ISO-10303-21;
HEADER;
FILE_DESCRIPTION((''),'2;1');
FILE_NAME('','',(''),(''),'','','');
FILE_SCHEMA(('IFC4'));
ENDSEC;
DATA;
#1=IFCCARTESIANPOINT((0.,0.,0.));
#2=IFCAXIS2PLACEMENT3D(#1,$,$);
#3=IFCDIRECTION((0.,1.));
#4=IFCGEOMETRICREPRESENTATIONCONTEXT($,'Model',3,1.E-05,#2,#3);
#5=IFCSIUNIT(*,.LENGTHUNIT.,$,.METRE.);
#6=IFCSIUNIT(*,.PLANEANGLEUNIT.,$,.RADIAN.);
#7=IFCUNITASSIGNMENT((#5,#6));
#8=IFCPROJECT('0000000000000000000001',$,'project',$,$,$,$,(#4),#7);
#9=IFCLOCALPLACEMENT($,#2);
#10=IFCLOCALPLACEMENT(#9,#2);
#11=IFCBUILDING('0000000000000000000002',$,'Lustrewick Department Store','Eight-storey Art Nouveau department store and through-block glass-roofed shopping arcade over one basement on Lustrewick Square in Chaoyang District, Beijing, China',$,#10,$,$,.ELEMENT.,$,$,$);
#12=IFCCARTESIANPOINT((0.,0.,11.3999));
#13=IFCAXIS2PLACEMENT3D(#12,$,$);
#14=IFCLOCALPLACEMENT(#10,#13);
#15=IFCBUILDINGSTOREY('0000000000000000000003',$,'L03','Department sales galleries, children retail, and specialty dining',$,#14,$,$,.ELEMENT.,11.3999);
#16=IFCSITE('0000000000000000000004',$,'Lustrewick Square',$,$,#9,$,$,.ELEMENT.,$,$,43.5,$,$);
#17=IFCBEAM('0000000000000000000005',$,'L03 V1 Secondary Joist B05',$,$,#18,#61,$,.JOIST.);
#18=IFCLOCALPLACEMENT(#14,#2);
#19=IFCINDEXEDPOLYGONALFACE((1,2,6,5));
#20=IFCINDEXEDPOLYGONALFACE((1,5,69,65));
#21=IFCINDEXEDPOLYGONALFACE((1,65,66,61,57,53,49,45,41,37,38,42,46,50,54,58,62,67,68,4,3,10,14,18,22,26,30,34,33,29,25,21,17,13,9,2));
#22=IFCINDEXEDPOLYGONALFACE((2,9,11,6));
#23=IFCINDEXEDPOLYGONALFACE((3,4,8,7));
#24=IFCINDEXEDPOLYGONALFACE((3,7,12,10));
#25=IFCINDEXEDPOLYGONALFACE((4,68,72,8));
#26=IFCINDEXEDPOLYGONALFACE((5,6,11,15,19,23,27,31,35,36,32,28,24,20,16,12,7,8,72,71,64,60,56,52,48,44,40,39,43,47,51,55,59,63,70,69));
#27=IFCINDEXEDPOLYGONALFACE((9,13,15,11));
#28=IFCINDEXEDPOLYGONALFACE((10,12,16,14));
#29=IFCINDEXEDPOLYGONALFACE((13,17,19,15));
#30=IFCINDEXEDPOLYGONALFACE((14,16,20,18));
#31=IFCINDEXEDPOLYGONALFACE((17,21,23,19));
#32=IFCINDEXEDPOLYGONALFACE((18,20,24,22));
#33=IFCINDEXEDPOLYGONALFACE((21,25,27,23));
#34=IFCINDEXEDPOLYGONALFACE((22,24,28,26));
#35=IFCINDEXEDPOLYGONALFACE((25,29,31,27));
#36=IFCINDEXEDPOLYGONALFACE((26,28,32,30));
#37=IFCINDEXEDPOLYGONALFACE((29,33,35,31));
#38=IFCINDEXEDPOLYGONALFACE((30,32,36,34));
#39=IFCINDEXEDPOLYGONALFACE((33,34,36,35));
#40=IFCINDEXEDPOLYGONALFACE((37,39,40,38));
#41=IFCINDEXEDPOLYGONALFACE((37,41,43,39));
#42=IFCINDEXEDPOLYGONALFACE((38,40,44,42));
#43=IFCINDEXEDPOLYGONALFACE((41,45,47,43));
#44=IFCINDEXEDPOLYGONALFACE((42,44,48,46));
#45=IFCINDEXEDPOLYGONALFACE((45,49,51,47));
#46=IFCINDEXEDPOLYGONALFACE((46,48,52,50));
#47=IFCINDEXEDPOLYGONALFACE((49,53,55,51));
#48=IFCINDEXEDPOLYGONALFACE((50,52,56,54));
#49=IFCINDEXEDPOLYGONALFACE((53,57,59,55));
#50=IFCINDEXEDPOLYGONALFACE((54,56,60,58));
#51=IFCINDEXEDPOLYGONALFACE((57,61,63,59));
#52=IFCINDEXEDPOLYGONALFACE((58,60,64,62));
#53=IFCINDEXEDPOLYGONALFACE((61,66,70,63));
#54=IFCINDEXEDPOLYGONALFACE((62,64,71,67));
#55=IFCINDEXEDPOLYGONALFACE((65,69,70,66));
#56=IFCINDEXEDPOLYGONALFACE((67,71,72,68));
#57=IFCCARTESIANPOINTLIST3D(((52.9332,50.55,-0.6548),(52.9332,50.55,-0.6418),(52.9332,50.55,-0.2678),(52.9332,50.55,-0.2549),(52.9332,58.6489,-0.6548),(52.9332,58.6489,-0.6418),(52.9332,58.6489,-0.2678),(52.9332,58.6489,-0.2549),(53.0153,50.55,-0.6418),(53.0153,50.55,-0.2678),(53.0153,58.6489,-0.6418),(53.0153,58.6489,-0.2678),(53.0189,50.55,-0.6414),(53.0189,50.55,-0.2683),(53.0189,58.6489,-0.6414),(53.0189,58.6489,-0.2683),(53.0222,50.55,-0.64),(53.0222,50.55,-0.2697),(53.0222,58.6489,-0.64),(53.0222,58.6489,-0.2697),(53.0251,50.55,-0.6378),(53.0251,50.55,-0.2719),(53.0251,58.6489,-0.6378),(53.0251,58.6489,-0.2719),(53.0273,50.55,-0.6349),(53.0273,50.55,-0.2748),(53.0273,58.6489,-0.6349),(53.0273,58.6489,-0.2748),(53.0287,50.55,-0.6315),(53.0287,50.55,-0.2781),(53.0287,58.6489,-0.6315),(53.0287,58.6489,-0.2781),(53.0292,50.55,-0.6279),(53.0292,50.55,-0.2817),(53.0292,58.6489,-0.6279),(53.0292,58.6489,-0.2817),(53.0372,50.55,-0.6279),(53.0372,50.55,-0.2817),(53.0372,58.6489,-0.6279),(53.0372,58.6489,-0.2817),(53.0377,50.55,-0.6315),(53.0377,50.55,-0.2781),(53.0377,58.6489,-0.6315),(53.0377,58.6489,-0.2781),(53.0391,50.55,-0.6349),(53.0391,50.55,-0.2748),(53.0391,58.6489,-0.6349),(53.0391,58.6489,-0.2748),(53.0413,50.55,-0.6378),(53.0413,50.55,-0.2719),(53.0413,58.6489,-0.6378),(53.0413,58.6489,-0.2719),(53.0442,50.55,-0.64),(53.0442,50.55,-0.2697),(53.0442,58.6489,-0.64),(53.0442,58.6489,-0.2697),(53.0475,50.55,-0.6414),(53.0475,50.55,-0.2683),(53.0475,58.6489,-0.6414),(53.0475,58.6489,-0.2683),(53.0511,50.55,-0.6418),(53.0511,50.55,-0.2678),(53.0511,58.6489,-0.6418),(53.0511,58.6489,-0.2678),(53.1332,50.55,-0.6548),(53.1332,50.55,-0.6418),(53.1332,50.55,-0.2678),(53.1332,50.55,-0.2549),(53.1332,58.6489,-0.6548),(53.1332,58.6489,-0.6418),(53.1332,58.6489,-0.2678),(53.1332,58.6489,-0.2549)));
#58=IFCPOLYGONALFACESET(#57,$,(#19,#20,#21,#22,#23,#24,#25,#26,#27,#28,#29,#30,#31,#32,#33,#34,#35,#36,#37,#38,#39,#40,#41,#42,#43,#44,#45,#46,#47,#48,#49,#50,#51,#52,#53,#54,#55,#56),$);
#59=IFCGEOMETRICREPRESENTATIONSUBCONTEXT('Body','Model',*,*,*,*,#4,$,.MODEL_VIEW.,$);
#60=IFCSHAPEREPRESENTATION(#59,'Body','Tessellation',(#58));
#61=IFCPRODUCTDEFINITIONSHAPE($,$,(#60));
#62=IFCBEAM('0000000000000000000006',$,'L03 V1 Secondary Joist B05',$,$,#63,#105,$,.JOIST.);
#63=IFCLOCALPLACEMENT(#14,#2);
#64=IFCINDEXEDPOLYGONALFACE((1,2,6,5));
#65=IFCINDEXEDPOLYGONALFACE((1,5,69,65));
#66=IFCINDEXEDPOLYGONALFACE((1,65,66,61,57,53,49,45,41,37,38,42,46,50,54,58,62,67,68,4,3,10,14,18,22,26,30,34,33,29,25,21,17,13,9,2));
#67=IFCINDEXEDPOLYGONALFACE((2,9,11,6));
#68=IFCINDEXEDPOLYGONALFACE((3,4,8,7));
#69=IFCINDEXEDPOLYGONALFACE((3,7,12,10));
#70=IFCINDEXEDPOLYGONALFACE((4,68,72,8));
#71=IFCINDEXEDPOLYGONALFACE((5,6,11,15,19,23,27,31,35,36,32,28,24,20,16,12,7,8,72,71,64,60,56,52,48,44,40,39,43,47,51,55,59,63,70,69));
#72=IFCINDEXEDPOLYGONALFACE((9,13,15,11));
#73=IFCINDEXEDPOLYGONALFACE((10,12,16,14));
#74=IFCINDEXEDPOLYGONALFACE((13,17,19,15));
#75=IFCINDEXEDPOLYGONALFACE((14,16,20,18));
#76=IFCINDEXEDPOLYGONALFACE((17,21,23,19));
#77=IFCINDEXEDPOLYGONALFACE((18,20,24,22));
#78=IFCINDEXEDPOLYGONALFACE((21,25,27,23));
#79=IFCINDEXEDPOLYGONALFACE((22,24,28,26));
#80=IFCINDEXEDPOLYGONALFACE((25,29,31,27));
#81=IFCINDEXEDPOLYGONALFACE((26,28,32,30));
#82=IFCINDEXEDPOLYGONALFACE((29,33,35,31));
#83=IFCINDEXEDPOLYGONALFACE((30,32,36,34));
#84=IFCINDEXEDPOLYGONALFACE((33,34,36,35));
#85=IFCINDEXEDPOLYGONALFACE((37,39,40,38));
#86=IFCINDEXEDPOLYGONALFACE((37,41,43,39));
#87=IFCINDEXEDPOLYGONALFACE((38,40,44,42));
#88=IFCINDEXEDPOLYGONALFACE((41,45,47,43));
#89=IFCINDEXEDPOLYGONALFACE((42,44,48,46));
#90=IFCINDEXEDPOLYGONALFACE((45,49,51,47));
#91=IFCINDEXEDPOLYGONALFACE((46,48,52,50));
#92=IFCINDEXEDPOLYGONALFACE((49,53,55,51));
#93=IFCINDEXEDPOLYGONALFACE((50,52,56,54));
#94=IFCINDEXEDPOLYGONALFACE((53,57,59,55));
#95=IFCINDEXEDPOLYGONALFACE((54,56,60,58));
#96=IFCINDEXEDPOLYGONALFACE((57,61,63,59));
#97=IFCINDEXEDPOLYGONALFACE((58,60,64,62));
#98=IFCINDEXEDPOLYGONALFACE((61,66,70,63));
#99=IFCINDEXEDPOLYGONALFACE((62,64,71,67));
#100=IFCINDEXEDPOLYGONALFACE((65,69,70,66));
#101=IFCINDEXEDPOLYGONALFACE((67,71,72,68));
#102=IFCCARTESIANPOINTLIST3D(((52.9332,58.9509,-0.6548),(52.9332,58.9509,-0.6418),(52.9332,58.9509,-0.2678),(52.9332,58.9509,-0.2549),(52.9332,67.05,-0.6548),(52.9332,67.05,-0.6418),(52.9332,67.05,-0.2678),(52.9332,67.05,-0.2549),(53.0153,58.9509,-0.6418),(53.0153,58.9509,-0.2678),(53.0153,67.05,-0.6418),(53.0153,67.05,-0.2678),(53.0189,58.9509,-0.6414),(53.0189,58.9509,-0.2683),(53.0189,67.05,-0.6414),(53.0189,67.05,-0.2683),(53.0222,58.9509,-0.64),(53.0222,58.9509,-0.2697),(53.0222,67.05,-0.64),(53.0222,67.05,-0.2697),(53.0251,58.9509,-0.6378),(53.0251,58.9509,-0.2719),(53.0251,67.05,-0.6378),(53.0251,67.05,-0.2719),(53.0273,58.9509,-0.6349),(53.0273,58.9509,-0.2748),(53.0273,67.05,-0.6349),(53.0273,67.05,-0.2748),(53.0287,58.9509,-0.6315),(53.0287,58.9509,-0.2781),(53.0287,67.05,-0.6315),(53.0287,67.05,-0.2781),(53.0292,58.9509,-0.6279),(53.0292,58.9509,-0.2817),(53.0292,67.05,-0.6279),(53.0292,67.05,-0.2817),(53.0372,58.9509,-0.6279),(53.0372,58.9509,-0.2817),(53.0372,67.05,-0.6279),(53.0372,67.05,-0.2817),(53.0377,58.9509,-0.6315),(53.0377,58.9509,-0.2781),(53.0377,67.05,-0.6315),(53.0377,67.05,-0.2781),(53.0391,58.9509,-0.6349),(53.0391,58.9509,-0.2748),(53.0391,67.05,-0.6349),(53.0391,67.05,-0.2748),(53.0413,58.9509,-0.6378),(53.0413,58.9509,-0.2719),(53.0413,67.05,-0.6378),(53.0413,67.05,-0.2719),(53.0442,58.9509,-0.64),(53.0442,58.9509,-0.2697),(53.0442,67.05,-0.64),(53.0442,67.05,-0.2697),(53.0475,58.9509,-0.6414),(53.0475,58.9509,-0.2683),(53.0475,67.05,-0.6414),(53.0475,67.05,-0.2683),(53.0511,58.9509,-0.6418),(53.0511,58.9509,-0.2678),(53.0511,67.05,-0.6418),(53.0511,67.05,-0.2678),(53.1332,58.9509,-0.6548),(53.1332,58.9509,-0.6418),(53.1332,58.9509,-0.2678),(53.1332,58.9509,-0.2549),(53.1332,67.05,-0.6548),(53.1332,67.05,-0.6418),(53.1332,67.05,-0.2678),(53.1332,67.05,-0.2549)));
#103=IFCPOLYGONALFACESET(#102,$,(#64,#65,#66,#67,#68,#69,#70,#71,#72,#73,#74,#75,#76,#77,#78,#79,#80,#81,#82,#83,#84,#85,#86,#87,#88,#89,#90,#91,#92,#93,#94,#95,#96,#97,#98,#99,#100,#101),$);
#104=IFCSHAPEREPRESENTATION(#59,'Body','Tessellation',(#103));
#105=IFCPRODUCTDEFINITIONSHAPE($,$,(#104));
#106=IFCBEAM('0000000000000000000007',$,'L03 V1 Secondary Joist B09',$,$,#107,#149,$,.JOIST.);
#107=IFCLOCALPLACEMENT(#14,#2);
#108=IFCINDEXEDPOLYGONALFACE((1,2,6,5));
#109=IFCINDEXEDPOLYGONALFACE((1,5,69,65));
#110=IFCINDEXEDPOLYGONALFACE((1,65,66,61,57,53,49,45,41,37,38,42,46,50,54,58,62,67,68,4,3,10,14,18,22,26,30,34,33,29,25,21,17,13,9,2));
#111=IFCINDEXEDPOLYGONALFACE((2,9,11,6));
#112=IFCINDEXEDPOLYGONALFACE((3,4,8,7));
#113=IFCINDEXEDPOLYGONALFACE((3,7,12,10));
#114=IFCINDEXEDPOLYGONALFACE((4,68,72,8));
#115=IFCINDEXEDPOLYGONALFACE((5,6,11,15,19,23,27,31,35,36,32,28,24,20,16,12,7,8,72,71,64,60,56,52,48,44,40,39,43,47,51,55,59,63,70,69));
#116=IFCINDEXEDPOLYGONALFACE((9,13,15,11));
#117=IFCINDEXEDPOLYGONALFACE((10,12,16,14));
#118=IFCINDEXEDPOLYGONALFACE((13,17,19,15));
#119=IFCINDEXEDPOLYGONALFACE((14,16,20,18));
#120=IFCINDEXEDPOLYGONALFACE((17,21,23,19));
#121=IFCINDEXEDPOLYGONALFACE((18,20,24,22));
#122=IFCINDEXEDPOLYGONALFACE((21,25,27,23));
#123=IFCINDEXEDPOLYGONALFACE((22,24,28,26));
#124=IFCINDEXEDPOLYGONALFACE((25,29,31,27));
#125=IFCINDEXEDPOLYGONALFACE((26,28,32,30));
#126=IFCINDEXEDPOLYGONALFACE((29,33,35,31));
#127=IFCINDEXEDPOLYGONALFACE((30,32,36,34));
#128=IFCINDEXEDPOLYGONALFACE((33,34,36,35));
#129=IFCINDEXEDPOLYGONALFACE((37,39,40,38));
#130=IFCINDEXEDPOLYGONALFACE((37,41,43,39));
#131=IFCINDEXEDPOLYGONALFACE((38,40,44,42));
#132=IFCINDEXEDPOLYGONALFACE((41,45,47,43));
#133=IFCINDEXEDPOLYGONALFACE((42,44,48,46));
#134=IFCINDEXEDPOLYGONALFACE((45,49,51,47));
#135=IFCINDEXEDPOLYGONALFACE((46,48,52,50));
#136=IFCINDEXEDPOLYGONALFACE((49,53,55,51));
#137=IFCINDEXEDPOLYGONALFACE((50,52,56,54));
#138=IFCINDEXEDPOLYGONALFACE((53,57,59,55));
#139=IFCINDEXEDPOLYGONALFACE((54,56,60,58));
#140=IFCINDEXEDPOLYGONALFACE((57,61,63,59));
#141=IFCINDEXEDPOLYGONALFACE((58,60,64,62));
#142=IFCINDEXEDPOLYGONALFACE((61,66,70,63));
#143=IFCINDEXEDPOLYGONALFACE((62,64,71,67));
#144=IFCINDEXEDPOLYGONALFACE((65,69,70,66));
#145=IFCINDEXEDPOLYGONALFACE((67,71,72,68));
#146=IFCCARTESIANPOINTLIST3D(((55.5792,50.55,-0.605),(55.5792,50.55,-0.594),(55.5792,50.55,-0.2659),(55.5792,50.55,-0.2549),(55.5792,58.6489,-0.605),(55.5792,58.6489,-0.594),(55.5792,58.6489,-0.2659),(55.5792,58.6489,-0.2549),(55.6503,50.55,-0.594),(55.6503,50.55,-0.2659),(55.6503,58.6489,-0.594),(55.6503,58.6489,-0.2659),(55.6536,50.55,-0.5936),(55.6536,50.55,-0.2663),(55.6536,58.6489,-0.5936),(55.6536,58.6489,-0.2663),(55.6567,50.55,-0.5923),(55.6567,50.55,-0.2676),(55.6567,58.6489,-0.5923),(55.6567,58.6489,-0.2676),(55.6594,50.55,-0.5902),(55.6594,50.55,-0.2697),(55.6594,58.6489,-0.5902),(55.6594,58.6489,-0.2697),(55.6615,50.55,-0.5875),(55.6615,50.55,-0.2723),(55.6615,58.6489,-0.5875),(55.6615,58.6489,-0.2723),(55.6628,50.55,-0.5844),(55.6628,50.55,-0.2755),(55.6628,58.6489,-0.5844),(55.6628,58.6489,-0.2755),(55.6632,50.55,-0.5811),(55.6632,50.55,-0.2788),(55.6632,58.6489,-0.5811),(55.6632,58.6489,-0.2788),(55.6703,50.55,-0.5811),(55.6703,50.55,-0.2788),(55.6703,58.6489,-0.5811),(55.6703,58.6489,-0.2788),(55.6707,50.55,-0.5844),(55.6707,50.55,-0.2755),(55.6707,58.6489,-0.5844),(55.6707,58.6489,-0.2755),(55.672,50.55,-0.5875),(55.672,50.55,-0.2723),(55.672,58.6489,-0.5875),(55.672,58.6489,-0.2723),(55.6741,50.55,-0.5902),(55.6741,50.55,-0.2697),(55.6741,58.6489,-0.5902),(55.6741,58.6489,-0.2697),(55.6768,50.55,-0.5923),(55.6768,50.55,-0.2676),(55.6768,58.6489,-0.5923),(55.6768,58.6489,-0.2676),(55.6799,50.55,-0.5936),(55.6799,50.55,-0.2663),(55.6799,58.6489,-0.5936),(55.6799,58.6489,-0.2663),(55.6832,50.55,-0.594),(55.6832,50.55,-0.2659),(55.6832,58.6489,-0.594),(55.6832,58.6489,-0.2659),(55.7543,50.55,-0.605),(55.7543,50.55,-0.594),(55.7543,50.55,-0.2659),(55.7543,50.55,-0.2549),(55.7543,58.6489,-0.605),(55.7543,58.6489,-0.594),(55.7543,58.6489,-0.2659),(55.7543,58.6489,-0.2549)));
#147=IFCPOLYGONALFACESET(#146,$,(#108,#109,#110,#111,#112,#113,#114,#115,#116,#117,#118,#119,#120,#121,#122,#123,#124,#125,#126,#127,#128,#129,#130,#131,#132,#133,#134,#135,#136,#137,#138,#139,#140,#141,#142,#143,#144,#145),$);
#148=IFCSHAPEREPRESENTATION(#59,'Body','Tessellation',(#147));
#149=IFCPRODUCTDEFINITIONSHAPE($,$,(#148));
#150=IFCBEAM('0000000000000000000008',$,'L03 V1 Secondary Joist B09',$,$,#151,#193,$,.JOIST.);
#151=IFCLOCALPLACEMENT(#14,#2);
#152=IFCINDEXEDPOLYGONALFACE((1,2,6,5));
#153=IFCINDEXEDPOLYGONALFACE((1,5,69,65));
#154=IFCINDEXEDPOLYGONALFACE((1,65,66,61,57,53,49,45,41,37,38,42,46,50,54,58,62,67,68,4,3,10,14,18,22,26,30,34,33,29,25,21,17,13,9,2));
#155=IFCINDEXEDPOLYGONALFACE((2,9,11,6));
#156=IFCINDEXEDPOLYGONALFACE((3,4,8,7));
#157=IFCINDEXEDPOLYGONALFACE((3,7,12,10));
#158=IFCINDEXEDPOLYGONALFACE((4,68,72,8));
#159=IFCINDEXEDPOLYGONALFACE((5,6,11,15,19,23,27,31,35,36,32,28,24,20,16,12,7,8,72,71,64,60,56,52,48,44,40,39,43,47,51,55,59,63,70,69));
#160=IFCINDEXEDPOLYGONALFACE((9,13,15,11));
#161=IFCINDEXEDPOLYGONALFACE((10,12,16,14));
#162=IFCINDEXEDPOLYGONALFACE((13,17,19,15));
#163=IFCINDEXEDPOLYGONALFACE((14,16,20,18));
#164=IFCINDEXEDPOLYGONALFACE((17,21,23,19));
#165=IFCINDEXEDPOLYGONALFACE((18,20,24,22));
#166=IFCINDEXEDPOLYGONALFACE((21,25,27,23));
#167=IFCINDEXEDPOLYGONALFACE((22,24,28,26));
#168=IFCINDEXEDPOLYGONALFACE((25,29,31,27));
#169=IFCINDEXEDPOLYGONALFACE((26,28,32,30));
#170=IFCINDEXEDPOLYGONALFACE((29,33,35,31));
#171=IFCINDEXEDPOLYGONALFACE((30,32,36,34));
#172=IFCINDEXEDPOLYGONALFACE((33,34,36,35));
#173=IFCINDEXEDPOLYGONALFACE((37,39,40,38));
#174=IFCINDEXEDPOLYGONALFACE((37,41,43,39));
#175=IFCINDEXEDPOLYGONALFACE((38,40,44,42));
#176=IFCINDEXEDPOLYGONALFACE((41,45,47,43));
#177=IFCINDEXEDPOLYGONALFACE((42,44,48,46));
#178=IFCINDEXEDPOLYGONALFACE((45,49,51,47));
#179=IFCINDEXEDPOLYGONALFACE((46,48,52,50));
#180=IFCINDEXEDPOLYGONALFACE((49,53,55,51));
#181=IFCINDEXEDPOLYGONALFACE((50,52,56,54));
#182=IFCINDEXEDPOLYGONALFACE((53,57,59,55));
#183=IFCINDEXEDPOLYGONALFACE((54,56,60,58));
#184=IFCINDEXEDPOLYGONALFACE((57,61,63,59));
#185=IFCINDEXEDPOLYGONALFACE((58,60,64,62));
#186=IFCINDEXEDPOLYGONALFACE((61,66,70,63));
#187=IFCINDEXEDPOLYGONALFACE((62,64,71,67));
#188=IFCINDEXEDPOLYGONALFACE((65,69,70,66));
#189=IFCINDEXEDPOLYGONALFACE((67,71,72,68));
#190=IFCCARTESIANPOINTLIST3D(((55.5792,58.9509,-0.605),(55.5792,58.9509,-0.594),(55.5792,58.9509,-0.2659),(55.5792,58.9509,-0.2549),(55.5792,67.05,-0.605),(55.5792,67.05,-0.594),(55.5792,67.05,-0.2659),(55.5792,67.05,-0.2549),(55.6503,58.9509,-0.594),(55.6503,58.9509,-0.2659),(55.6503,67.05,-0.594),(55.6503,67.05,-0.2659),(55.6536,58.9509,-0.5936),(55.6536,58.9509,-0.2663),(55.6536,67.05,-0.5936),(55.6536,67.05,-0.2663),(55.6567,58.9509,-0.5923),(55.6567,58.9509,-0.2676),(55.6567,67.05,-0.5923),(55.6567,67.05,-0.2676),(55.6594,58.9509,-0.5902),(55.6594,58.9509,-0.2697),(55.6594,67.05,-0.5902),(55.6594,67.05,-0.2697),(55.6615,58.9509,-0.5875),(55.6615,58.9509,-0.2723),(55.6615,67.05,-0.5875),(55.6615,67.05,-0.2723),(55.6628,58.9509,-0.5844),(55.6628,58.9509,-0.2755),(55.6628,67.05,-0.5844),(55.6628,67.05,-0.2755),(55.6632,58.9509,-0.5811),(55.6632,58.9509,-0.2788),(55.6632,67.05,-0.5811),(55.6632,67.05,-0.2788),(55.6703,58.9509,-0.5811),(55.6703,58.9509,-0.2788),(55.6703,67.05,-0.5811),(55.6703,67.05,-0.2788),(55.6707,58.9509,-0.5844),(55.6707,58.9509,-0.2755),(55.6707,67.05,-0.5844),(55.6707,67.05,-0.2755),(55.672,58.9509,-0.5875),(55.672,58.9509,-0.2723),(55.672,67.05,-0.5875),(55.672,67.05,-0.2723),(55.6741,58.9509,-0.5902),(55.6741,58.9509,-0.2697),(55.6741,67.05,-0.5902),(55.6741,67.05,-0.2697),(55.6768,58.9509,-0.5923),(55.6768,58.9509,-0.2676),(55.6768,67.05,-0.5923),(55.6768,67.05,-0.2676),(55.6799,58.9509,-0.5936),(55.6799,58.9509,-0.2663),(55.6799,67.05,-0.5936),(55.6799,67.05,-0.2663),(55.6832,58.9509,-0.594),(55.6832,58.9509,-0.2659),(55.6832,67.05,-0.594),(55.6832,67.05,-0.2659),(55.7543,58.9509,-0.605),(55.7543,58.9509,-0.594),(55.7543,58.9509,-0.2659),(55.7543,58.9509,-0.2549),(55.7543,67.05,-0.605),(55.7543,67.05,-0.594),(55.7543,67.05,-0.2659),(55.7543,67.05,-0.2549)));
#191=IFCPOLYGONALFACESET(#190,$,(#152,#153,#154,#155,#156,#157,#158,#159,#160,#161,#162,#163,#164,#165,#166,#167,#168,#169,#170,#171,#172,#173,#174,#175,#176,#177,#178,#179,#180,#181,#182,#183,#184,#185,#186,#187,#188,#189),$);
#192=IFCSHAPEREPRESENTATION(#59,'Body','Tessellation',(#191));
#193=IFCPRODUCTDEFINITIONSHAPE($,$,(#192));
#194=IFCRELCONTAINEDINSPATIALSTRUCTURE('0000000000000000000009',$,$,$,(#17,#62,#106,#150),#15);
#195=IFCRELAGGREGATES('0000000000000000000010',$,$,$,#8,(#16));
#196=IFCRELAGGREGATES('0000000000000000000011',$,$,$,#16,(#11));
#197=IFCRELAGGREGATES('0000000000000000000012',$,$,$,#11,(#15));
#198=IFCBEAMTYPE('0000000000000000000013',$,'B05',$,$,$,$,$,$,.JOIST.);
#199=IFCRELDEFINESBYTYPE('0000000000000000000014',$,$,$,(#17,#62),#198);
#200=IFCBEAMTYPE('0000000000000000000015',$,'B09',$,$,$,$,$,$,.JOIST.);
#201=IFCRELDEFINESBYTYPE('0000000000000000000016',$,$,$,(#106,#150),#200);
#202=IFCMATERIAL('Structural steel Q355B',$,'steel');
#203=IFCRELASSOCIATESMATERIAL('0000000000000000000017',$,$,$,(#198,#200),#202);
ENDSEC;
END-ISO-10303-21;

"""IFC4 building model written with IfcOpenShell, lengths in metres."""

from ifc_helpers import new_model, si_unit, direction, frame, origin, origin_2d, place, context, subcontext, project, spatial, i_section, extrude, material, material_profile, profile_set, type_object, element, save


model = new_model("IFC4")

# Units and contexts
model_context = context("Model", 3, precision=1e-05, world=origin(), true_north=direction((0.0, 1.0)))
body_context = subcontext(model_context, "Body", "Model", "MODEL_VIEW")
ifc_project = project(units=[si_unit("LENGTHUNIT", "METRE"), si_unit("PLANEANGLEUNIT", "RADIAN")], contexts=[model_context])

# Site, building, storey
site_placement = place(None, origin())
site = spatial("IfcSite", under=ifc_project, at=site_placement, Name="Lustrewick Square", CompositionType="ELEMENT", RefElevation=43.5)
building_placement = place(site_placement, origin())
building = spatial("IfcBuilding", under=site, at=building_placement, Name="Lustrewick Department Store", Description="Eight-storey Art Nouveau department store and through-block glass-roofed shopping arcade over one basement on Lustrewick Square in Chaoyang District, Beijing, China", CompositionType="ELEMENT")
storey_placement = place(building_placement, frame((0.0, 0.0, 11.3999)))
storey = spatial("IfcBuildingStorey", under=building, at=storey_placement, Name="L03", Description="Department sales galleries, children retail, and specialty dining", CompositionType="ELEMENT", Elevation=11.3999)

# Shared definitions
ifc_material_1 = material(Name="Structural steel Q355B", Category="steel")

# Beams
ifc_material_profile_1 = material_profile(ifc_material_1, i_section(OverallWidth=0.2, OverallDepth=0.3999, WebThickness=0.0081, FlangeThickness=0.0129, FilletRadius=0.0139, at=origin_2d()), Name="HN 400x200x8x13")
ifc_profile_set_1 = profile_set([ifc_material_profile_1], Name="Structural steel Q355B")
beam_type_1 = type_object("IfcBeamType", Name="B05", PredefinedType="JOIST", material=ifc_profile_set_1)
beam_1_placement = place(storey_placement, frame((53.0332, 50.55, -0.4548), z_axis=(0.0, 1.0, 0.0), x_axis=(-1.0, 0.0, 0.0)))
element("IfcBeam", 1, at=beam_1_placement, inside=storey, type_object=beam_type_1, Name="L03 V1 Secondary Joist B05", PredefinedType="JOIST", context=body_context, shape_type="SweptSolid", body=[
    extrude(i_section(OverallWidth=0.2, OverallDepth=0.3999, WebThickness=0.0081, FlangeThickness=0.0129, FilletRadius=0.0139, at=origin_2d()), origin(), (0.0, 0.0, 1.0), 8.0989),
])
beam_2_placement = place(storey_placement, frame((53.0332, 58.9509, -0.4548), z_axis=(0.0, 1.0, 0.0), x_axis=(-1.0, 0.0, 0.0)))
element("IfcBeam", 2, at=beam_2_placement, inside=storey, type_object=beam_type_1, Name="L03 V1 Secondary Joist B05", PredefinedType="JOIST", context=body_context, shape_type="SweptSolid", body=[
    extrude(i_section(OverallWidth=0.2, OverallDepth=0.3999, WebThickness=0.0081, FlangeThickness=0.0129, FilletRadius=0.0139, at=origin_2d()), origin(), (0.0, 0.0, 1.0), 8.0991),
])
ifc_material_profile_2 = material_profile(ifc_material_1, i_section(OverallWidth=0.175, OverallDepth=0.3501, WebThickness=0.0071, FlangeThickness=0.011, FilletRadius=0.0129, at=origin_2d()), Name="HN 350x175x7x11")
ifc_profile_set_2 = profile_set([ifc_material_profile_2], Name="Structural steel Q355B")
beam_type_2 = type_object("IfcBeamType", Name="B09", PredefinedType="JOIST", material=ifc_profile_set_2)
beam_3_placement = place(storey_placement, frame((55.6667, 50.55, -0.4299), z_axis=(0.0, 1.0, 0.0), x_axis=(-1.0, 0.0, 0.0)))
element("IfcBeam", 3, at=beam_3_placement, inside=storey, type_object=beam_type_2, Name="L03 V1 Secondary Joist B09", PredefinedType="JOIST", context=body_context, shape_type="SweptSolid", body=[
    extrude(i_section(OverallWidth=0.175, OverallDepth=0.3501, WebThickness=0.0071, FlangeThickness=0.011, FilletRadius=0.0129, at=origin_2d()), origin(), (0.0, 0.0, 1.0), 8.0989),
])
beam_4_placement = place(storey_placement, frame((55.6667, 58.9509, -0.4299), z_axis=(0.0, 1.0, 0.0), x_axis=(-1.0, 0.0, 0.0)))
element("IfcBeam", 4, at=beam_4_placement, inside=storey, type_object=beam_type_2, Name="L03 V1 Secondary Joist B09", PredefinedType="JOIST", context=body_context, shape_type="SweptSolid", body=[
    extrude(i_section(OverallWidth=0.175, OverallDepth=0.3501, WebThickness=0.0071, FlangeThickness=0.011, FilletRadius=0.0129, at=origin_2d()), origin(), (0.0, 0.0, 1.0), 8.0991),
])

save(model, "model.ifc")
